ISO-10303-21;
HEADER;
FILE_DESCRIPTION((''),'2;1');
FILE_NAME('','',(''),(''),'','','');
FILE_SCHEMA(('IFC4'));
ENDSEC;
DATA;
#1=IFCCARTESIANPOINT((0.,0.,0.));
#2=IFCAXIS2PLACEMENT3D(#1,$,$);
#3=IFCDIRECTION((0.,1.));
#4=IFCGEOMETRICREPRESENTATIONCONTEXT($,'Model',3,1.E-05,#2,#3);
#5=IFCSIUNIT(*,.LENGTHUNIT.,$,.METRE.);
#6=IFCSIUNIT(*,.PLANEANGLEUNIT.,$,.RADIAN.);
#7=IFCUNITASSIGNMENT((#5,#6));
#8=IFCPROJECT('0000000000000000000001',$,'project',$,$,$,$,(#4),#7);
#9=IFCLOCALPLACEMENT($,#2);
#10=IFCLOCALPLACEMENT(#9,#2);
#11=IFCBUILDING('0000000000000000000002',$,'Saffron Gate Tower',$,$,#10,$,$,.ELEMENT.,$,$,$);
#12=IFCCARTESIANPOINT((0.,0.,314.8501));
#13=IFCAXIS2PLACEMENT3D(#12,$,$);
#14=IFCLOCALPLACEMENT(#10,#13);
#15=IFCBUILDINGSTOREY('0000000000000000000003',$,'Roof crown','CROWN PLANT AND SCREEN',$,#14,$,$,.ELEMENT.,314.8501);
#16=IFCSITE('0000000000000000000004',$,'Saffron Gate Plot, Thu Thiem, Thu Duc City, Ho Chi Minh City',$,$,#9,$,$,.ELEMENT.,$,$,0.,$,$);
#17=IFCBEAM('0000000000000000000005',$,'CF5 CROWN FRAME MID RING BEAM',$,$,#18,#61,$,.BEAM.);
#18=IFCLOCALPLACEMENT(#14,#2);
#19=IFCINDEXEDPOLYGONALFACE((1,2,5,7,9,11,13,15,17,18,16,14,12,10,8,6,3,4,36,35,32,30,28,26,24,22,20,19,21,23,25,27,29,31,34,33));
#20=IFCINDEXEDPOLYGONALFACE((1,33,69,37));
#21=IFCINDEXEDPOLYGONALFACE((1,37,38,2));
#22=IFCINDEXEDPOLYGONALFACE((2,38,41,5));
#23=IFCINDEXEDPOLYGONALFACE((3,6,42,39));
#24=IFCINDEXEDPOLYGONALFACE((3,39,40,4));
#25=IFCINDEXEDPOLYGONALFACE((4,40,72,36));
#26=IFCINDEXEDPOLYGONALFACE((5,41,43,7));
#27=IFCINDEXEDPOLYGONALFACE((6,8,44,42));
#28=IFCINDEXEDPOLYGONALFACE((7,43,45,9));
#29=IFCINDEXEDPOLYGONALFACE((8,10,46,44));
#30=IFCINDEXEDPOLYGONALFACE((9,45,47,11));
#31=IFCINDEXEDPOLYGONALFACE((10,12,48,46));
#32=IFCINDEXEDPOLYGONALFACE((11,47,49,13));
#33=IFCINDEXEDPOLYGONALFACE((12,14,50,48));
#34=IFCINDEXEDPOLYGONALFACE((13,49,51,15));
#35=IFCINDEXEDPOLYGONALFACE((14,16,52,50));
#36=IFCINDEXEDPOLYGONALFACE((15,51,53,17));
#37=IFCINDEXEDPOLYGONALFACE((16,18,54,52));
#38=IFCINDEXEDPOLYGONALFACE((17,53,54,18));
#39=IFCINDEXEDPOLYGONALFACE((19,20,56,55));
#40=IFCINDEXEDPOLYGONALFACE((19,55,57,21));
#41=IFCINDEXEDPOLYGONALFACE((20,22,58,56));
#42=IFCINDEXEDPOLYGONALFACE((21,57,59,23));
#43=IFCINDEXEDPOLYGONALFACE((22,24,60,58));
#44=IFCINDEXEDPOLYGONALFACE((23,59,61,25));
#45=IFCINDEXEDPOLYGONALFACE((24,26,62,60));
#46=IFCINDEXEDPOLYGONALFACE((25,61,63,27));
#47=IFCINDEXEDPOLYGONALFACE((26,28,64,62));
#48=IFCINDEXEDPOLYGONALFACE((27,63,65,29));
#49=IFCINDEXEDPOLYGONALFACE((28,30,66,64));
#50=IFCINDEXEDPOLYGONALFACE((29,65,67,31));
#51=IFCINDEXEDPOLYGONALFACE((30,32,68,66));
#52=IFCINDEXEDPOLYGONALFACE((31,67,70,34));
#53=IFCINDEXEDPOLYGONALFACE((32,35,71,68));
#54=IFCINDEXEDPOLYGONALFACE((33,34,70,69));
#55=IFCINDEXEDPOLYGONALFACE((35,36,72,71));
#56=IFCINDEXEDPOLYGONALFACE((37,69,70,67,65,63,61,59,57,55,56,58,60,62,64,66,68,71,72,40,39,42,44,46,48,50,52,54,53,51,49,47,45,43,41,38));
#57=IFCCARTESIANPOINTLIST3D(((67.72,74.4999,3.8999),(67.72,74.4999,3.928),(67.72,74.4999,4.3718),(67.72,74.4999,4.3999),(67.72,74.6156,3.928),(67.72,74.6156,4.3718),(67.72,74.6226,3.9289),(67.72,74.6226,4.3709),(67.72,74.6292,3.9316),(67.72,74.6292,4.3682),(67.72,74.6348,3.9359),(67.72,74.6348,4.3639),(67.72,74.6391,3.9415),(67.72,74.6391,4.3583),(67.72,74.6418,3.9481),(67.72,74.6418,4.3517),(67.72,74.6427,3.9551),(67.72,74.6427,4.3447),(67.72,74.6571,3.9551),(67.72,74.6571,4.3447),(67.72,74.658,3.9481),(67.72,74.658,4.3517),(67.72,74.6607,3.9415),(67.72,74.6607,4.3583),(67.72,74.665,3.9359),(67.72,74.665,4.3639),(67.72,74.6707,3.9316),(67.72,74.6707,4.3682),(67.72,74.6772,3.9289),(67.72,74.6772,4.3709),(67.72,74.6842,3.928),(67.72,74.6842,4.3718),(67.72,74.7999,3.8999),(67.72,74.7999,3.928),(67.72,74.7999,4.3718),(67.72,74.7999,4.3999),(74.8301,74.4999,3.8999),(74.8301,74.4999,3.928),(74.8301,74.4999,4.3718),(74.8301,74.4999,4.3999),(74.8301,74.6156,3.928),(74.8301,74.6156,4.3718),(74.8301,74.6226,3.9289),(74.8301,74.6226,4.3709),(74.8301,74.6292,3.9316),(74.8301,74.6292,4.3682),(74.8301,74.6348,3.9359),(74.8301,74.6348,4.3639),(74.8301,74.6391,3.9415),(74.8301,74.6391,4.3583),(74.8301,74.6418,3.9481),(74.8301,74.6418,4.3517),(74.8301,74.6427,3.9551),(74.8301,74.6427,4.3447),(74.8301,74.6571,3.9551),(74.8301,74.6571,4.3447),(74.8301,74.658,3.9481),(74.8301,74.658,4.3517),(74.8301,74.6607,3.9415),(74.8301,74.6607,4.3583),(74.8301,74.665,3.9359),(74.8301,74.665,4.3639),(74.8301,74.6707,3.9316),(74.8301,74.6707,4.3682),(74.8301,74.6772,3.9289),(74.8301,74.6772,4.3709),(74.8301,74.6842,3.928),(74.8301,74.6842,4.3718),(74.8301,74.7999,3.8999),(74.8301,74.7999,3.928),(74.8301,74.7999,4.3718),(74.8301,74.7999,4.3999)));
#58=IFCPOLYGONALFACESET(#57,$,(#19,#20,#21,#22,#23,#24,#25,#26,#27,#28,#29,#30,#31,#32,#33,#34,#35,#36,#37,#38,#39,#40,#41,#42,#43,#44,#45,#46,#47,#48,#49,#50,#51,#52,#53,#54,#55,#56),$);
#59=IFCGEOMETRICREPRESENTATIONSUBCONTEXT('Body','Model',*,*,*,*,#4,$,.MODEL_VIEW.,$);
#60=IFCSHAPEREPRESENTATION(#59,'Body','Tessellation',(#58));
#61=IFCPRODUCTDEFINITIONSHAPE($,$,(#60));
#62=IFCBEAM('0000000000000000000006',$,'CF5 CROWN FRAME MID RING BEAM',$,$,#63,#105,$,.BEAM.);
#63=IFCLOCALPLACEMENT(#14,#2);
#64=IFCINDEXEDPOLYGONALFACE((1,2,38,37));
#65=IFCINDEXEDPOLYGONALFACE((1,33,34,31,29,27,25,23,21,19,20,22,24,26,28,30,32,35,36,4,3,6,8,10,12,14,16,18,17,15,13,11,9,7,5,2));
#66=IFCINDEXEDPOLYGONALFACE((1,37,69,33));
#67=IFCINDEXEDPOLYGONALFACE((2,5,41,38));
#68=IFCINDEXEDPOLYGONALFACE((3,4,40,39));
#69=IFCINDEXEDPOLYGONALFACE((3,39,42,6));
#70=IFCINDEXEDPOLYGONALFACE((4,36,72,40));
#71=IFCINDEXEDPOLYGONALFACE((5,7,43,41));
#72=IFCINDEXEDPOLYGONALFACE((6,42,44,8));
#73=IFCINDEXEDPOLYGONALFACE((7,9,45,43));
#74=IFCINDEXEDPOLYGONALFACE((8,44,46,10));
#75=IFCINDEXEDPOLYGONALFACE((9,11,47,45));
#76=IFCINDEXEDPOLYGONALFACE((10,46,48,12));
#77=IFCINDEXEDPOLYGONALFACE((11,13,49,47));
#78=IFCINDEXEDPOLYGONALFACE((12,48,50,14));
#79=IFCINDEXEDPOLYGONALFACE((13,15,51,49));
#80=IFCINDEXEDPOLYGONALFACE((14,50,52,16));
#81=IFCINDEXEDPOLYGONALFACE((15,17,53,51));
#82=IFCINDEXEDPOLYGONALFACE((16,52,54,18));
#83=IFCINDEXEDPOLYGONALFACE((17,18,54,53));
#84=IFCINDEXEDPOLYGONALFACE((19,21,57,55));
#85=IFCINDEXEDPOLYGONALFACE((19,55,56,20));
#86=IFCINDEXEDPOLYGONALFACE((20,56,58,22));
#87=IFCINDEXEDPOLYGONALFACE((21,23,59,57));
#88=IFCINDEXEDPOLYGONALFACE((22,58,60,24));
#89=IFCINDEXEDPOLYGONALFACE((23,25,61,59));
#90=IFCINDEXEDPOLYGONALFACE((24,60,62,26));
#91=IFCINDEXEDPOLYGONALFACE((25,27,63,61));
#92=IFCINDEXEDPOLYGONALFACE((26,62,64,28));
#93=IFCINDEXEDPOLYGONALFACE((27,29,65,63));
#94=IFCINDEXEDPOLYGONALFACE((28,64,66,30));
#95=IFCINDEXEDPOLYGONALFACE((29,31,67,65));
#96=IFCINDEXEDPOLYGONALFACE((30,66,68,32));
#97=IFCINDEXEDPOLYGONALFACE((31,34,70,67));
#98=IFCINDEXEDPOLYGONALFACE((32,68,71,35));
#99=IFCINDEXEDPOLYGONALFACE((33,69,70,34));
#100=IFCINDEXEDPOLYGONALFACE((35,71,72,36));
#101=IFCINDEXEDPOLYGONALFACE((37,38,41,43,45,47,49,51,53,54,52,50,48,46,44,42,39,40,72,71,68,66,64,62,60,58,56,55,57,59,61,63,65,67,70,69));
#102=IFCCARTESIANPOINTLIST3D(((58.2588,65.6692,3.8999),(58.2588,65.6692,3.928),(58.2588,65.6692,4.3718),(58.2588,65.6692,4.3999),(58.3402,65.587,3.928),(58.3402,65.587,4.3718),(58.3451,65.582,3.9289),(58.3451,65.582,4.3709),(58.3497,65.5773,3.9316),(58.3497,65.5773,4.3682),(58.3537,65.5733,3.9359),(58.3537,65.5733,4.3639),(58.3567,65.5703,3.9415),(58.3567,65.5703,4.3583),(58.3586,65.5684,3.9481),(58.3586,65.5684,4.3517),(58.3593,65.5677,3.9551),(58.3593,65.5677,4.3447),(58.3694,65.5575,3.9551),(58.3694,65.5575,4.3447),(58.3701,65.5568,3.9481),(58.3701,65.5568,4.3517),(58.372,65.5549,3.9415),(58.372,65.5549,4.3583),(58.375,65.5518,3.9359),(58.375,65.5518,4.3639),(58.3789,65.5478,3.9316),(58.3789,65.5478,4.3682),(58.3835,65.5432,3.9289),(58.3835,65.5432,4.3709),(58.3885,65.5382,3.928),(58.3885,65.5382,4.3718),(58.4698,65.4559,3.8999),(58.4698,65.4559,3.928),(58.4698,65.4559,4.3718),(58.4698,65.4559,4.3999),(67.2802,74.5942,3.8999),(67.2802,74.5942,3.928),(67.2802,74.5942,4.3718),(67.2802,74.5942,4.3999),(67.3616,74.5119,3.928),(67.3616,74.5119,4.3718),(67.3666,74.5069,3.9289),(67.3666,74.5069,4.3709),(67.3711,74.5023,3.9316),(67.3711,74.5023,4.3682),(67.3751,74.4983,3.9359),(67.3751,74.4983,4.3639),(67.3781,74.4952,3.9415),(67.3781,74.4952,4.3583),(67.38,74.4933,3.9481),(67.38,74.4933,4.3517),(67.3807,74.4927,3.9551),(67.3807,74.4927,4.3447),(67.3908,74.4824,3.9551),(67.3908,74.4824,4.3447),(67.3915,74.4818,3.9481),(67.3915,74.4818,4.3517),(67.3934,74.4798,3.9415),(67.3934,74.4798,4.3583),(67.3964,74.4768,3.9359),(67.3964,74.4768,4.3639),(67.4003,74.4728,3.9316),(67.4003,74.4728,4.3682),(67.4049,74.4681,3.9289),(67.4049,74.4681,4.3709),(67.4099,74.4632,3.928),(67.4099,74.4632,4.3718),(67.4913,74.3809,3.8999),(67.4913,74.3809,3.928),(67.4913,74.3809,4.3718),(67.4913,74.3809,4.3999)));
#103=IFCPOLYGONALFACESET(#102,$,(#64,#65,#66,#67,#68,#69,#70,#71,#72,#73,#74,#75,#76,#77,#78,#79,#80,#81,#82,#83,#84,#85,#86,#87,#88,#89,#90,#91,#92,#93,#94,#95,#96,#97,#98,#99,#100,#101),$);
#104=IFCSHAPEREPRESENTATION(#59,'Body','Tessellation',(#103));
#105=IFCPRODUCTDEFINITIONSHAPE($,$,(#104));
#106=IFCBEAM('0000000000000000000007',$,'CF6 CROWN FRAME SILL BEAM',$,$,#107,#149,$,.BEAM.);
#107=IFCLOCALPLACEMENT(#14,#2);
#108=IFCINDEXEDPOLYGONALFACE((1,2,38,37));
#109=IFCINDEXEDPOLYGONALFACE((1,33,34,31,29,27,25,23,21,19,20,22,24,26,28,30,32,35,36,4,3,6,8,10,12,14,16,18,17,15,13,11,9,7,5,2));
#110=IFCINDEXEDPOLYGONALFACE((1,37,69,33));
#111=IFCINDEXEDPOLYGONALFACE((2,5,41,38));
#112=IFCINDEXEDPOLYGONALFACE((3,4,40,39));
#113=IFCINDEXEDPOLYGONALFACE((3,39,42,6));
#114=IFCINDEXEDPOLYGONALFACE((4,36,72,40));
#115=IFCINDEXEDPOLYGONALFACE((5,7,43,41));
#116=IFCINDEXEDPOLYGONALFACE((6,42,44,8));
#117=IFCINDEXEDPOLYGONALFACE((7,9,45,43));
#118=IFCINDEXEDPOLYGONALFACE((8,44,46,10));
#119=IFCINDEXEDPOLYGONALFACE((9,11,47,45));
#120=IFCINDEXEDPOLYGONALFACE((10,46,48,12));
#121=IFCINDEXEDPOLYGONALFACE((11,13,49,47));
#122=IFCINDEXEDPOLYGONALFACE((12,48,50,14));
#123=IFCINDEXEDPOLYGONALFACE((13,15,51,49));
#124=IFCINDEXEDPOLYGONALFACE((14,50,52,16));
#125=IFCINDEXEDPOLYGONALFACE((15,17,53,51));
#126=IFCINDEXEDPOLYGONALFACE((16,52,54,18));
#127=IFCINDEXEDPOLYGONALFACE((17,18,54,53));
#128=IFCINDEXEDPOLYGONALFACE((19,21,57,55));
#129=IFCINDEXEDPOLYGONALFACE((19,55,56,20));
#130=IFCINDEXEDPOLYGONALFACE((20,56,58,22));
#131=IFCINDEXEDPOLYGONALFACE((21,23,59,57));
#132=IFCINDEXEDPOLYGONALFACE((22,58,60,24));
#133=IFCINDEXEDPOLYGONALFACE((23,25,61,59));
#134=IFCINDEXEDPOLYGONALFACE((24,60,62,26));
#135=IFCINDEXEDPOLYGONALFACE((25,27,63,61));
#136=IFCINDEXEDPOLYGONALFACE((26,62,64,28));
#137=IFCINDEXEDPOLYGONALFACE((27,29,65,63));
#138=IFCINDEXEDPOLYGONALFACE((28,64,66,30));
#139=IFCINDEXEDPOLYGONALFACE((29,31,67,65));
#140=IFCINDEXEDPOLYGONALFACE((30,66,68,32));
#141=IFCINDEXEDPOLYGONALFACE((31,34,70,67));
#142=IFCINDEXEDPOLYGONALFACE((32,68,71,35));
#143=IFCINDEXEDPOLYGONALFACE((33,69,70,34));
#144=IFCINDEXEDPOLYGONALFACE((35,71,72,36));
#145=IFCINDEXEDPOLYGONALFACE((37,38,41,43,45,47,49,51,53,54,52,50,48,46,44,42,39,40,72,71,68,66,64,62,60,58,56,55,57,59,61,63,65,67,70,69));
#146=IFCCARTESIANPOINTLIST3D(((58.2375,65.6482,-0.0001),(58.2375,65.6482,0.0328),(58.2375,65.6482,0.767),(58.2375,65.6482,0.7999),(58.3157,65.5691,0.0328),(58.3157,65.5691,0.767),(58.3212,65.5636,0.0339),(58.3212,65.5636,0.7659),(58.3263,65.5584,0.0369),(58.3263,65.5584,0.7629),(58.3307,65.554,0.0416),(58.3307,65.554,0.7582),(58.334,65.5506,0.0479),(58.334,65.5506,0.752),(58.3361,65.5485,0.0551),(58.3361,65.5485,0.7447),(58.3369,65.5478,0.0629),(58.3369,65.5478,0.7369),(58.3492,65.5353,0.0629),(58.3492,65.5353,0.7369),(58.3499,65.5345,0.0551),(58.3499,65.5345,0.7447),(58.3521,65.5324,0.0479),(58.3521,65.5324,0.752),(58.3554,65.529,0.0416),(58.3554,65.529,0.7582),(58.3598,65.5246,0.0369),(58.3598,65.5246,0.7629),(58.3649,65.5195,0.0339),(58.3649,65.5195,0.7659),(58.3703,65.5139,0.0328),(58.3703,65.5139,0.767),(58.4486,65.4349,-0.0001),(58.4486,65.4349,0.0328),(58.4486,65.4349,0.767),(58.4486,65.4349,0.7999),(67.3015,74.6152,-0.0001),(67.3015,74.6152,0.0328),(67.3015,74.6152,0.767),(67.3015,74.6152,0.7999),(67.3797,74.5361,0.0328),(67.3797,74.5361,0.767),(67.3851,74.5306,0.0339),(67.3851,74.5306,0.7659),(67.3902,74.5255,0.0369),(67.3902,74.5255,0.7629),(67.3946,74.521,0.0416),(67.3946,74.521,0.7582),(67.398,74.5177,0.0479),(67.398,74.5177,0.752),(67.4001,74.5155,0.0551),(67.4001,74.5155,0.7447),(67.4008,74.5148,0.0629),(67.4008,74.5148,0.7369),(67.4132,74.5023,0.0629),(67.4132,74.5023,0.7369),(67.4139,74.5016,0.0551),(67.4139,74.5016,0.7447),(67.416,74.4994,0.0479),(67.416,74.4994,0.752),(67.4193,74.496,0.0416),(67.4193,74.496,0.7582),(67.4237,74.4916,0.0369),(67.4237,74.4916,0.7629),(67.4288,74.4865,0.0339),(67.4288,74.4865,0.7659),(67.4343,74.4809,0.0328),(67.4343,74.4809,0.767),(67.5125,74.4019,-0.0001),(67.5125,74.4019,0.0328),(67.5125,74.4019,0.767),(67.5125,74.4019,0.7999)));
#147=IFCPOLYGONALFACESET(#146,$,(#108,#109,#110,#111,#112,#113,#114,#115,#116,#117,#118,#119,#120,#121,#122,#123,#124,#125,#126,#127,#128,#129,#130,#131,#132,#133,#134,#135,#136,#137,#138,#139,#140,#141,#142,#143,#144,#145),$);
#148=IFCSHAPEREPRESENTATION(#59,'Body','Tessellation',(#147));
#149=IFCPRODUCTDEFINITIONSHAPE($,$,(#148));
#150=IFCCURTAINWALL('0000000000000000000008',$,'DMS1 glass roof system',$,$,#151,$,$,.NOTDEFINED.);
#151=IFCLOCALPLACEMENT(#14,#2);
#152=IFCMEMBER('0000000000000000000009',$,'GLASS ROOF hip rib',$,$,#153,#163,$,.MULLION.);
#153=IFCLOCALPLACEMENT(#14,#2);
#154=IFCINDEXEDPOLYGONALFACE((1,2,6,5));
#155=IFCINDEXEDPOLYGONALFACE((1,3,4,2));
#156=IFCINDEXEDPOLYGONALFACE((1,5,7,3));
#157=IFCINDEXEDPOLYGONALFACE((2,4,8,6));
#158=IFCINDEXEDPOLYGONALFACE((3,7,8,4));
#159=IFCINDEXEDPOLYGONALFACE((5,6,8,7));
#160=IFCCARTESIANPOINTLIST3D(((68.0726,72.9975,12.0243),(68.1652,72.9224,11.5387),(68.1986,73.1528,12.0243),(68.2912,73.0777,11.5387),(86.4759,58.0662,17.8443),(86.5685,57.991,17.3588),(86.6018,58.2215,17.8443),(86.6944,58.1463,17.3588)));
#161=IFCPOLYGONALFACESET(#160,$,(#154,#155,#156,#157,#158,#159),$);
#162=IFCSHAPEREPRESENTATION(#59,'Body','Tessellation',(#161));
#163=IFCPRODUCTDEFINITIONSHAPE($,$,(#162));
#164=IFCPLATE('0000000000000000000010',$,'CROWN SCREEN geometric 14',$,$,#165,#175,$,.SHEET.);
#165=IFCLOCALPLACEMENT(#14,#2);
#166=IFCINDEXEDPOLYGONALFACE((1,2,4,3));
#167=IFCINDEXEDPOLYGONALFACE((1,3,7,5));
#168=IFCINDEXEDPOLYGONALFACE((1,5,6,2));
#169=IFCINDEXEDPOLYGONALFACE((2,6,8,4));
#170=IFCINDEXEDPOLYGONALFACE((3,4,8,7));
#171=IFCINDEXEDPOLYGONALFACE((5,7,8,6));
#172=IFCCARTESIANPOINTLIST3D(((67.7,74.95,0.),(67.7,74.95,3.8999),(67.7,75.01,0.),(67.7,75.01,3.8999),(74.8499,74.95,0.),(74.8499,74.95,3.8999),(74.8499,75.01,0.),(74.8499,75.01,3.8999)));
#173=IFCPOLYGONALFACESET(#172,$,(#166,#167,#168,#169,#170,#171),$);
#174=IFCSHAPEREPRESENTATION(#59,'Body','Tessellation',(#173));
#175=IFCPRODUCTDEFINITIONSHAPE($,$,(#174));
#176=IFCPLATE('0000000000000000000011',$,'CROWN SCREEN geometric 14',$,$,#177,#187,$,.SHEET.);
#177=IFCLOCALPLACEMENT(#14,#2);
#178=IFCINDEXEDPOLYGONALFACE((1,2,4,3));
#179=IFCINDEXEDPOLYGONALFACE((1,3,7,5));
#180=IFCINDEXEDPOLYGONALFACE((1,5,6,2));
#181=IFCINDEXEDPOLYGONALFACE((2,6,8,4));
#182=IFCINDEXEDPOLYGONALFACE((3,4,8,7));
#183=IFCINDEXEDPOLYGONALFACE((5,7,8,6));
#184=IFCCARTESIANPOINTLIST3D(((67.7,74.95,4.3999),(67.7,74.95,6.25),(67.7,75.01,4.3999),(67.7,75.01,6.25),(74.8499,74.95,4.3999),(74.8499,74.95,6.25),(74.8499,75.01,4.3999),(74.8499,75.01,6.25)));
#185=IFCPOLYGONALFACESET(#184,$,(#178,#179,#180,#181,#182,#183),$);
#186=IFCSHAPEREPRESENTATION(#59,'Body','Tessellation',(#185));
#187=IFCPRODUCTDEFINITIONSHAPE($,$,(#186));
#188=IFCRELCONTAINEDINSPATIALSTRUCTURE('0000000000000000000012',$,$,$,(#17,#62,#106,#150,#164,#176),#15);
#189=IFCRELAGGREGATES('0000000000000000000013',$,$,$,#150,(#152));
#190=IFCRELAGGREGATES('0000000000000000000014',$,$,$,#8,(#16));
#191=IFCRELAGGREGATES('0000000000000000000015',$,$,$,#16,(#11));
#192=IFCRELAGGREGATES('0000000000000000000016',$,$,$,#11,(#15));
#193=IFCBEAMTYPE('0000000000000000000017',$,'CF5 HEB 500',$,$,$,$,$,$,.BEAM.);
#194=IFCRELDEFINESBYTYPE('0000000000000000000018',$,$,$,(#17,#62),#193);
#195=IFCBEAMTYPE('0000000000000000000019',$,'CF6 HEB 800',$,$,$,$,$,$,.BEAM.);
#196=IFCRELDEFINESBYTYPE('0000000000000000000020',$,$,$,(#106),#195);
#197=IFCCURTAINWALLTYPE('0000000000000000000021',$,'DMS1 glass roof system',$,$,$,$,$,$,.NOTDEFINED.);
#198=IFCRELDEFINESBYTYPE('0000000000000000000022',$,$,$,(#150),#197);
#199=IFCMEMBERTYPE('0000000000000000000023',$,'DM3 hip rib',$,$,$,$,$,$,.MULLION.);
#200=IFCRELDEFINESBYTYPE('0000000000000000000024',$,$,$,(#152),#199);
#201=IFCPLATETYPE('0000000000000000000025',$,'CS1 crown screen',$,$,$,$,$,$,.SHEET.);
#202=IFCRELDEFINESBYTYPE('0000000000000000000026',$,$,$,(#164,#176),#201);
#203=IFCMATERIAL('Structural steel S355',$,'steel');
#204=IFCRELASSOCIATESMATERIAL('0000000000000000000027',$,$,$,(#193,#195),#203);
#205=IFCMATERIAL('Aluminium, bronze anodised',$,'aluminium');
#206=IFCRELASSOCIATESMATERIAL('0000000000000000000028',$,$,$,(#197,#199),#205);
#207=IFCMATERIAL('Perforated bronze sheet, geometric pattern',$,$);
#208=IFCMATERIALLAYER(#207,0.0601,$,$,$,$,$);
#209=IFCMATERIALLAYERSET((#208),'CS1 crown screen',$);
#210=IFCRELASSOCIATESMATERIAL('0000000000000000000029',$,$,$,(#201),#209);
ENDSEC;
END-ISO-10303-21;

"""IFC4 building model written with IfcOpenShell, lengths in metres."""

from ifc_helpers import new_model, si_unit, direction, frame, origin, origin_2d, place, context, subcontext, project, spatial, rectangle, i_section, extrude, material, layer, layer_set, material_profile, profile_set, type_object, element, aggregate, save


model = new_model("IFC4")

# Units and contexts
model_context = context("Model", 3, precision=1e-05, world=origin(), true_north=direction((0.0, 1.0)))
body_context = subcontext(model_context, "Body", "Model", "MODEL_VIEW")
ifc_project = project(units=[si_unit("LENGTHUNIT", "METRE"), si_unit("PLANEANGLEUNIT", "RADIAN")], contexts=[model_context])

# Site, building, storey
site_placement = place(None, origin())
site = spatial("IfcSite", under=ifc_project, at=site_placement, Name="Saffron Gate Plot, Thu Thiem, Thu Duc City, Ho Chi Minh City", CompositionType="ELEMENT", RefElevation=0.0)
building_placement = place(site_placement, origin())
building = spatial("IfcBuilding", under=site, at=building_placement, Name="Saffron Gate Tower", CompositionType="ELEMENT")
storey_placement = place(building_placement, frame((0.0, 0.0, 314.8501)))
storey = spatial("IfcBuildingStorey", under=building, at=storey_placement, Name="Roof crown", Description="CROWN PLANT AND SCREEN", CompositionType="ELEMENT", Elevation=314.8501)

# Shared definitions
ifc_material_1 = material(Name="Structural steel S355", Category="steel")

# Beams
ifc_material_profile_1 = material_profile(ifc_material_1, i_section(OverallWidth=0.3, OverallDepth=0.5, WebThickness=0.0144, FlangeThickness=0.0281, FilletRadius=0.0271, at=origin_2d()))
ifc_profile_set_1 = profile_set([ifc_material_profile_1], Name="Structural steel S355")
beam_type_1 = type_object("IfcBeamType", Name="CF5 HEB 500", PredefinedType="BEAM", material=ifc_profile_set_1)
beam_1_placement = place(storey_placement, frame((74.8301, 74.6499, 4.1499), z_axis=(-1.0, 0.0, 0.0), x_axis=(0.0, -1.0, 0.0)))
element("IfcBeam", 1, at=beam_1_placement, inside=storey, type_object=beam_type_1, Name="CF5 CROWN FRAME MID RING BEAM", PredefinedType="BEAM", context=body_context, shape_type="SweptSolid", body=[
    extrude(i_section(OverallWidth=0.3, OverallDepth=0.5, WebThickness=0.0144, FlangeThickness=0.0281, FilletRadius=0.0271, at=origin_2d()), origin(), (0.0, 0.0, 1.0), 7.1101),
])
beam_2_placement = place(storey_placement, frame((67.3857, 74.4875, 4.1499), z_axis=(-0.710896, -0.703297, 0.0), x_axis=(0.703297, -0.710896, 0.0)))
element("IfcBeam", 2, at=beam_2_placement, inside=storey, type_object=beam_type_1, Name="CF5 CROWN FRAME MID RING BEAM", PredefinedType="BEAM", context=body_context, shape_type="SweptSolid", body=[
    extrude(i_section(OverallWidth=0.3, OverallDepth=0.5, WebThickness=0.0144, FlangeThickness=0.0281, FilletRadius=0.0271, at=origin_2d()), origin(), (0.0, 0.0, 1.0), 12.6902),
])
ifc_material_profile_2 = material_profile(ifc_material_1, i_section(OverallWidth=0.3, OverallDepth=0.8, WebThickness=0.0176, FlangeThickness=0.033, FilletRadius=0.03, at=origin_2d()))
ifc_profile_set_2 = profile_set([ifc_material_profile_2], Name="Structural steel S355")
beam_type_2 = type_object("IfcBeamType", Name="CF6 HEB 800", PredefinedType="BEAM", material=ifc_profile_set_2)
beam_3_placement = place(storey_placement, frame((67.407, 74.5085, 0.3999), z_axis=(-0.710897, -0.703296, 0.0), x_axis=(0.703296, -0.710897, 0.0)))
element("IfcBeam", 3, at=beam_3_placement, inside=storey, type_object=beam_type_2, Name="CF6 CROWN FRAME SILL BEAM", PredefinedType="BEAM", context=body_context, shape_type="SweptSolid", body=[
    extrude(i_section(OverallWidth=0.3, OverallDepth=0.8, WebThickness=0.0176, FlangeThickness=0.033, FilletRadius=0.03, at=origin_2d()), origin(), (0.0, 0.0, 1.0), 12.75),
])

# Curtain wall, member
ifc_material_2 = material(Name="Aluminium, bronze anodised", Category="aluminium")
curtain_wall_type = type_object("IfcCurtainWallType", Name="DMS1 glass roof system", PredefinedType="NOTDEFINED", material=ifc_material_2)
curtain_wall_placement = place(storey_placement, origin())
curtain_wall = element("IfcCurtainWall", 4, at=curtain_wall_placement, inside=storey, type_object=curtain_wall_type, Name="DMS1 glass roof system", PredefinedType="NOTDEFINED")
ifc_material_profile_3 = material_profile(ifc_material_2, rectangle(XDim=0.2, YDim=0.5, at=origin_2d()))
ifc_profile_set_3 = profile_set([ifc_material_profile_3], Name="Aluminium, bronze anodised")
member_type_1 = type_object("IfcMemberType", Name="DM3 hip rib", PredefinedType="MULLION", material=ifc_profile_set_3)
member_1_placement = place(storey_placement, frame((68.1819, 73.0376, 11.7815), z_axis=(0.754145, -0.61187, 0.238499), x_axis=(0.630051, 0.776554, 0.0)))
member_1 = element("IfcMember", 5, at=member_1_placement, type_object=member_type_1, Name="GLASS ROOF hip rib", PredefinedType="MULLION", context=body_context, shape_type="SweptSolid", body=[
    extrude(rectangle(XDim=0.2, YDim=0.5, at=origin_2d()), origin(), (0.0, 0.0, 1.0), 24.4028),
])
aggregate(curtain_wall, [member_1])

# Plates
ifc_material_3 = material(Name="Perforated bronze sheet, geometric pattern")
ifc_layer_1 = layer(ifc_material_3, 0.0601)
ifc_layer_set_1 = layer_set([ifc_layer_1], Name="CS1 crown screen")
plate_type_1 = type_object("IfcPlateType", Name="CS1 crown screen", PredefinedType="SHEET", material=ifc_layer_set_1)
plate_1_placement = place(storey_placement, frame((71.2749, 74.98, 0.0), z_axis=(0.0, 0.0, 1.0), x_axis=(-1.0, 0.0, 0.0)))
element("IfcPlate", 6, at=plate_1_placement, inside=storey, type_object=plate_type_1, Name="CROWN SCREEN geometric 14", PredefinedType="SHEET", context=body_context, shape_type="SweptSolid", body=[
    extrude(rectangle(XDim=7.1499, YDim=0.0601, at=origin_2d()), origin(), (0.0, 0.0, 1.0), 3.8999),
])
plate_2_placement = place(storey_placement, frame((71.2749, 74.98, 4.3999), z_axis=(0.0, 0.0, 1.0), x_axis=(-1.0, 0.0, 0.0)))
element("IfcPlate", 7, at=plate_2_placement, inside=storey, type_object=plate_type_1, Name="CROWN SCREEN geometric 14", PredefinedType="SHEET", context=body_context, shape_type="SweptSolid", body=[
    extrude(rectangle(XDim=7.1499, YDim=0.0601, at=origin_2d()), origin(), (0.0, 0.0, 1.0), 1.8501),
])

save(model, "model.ifc")
